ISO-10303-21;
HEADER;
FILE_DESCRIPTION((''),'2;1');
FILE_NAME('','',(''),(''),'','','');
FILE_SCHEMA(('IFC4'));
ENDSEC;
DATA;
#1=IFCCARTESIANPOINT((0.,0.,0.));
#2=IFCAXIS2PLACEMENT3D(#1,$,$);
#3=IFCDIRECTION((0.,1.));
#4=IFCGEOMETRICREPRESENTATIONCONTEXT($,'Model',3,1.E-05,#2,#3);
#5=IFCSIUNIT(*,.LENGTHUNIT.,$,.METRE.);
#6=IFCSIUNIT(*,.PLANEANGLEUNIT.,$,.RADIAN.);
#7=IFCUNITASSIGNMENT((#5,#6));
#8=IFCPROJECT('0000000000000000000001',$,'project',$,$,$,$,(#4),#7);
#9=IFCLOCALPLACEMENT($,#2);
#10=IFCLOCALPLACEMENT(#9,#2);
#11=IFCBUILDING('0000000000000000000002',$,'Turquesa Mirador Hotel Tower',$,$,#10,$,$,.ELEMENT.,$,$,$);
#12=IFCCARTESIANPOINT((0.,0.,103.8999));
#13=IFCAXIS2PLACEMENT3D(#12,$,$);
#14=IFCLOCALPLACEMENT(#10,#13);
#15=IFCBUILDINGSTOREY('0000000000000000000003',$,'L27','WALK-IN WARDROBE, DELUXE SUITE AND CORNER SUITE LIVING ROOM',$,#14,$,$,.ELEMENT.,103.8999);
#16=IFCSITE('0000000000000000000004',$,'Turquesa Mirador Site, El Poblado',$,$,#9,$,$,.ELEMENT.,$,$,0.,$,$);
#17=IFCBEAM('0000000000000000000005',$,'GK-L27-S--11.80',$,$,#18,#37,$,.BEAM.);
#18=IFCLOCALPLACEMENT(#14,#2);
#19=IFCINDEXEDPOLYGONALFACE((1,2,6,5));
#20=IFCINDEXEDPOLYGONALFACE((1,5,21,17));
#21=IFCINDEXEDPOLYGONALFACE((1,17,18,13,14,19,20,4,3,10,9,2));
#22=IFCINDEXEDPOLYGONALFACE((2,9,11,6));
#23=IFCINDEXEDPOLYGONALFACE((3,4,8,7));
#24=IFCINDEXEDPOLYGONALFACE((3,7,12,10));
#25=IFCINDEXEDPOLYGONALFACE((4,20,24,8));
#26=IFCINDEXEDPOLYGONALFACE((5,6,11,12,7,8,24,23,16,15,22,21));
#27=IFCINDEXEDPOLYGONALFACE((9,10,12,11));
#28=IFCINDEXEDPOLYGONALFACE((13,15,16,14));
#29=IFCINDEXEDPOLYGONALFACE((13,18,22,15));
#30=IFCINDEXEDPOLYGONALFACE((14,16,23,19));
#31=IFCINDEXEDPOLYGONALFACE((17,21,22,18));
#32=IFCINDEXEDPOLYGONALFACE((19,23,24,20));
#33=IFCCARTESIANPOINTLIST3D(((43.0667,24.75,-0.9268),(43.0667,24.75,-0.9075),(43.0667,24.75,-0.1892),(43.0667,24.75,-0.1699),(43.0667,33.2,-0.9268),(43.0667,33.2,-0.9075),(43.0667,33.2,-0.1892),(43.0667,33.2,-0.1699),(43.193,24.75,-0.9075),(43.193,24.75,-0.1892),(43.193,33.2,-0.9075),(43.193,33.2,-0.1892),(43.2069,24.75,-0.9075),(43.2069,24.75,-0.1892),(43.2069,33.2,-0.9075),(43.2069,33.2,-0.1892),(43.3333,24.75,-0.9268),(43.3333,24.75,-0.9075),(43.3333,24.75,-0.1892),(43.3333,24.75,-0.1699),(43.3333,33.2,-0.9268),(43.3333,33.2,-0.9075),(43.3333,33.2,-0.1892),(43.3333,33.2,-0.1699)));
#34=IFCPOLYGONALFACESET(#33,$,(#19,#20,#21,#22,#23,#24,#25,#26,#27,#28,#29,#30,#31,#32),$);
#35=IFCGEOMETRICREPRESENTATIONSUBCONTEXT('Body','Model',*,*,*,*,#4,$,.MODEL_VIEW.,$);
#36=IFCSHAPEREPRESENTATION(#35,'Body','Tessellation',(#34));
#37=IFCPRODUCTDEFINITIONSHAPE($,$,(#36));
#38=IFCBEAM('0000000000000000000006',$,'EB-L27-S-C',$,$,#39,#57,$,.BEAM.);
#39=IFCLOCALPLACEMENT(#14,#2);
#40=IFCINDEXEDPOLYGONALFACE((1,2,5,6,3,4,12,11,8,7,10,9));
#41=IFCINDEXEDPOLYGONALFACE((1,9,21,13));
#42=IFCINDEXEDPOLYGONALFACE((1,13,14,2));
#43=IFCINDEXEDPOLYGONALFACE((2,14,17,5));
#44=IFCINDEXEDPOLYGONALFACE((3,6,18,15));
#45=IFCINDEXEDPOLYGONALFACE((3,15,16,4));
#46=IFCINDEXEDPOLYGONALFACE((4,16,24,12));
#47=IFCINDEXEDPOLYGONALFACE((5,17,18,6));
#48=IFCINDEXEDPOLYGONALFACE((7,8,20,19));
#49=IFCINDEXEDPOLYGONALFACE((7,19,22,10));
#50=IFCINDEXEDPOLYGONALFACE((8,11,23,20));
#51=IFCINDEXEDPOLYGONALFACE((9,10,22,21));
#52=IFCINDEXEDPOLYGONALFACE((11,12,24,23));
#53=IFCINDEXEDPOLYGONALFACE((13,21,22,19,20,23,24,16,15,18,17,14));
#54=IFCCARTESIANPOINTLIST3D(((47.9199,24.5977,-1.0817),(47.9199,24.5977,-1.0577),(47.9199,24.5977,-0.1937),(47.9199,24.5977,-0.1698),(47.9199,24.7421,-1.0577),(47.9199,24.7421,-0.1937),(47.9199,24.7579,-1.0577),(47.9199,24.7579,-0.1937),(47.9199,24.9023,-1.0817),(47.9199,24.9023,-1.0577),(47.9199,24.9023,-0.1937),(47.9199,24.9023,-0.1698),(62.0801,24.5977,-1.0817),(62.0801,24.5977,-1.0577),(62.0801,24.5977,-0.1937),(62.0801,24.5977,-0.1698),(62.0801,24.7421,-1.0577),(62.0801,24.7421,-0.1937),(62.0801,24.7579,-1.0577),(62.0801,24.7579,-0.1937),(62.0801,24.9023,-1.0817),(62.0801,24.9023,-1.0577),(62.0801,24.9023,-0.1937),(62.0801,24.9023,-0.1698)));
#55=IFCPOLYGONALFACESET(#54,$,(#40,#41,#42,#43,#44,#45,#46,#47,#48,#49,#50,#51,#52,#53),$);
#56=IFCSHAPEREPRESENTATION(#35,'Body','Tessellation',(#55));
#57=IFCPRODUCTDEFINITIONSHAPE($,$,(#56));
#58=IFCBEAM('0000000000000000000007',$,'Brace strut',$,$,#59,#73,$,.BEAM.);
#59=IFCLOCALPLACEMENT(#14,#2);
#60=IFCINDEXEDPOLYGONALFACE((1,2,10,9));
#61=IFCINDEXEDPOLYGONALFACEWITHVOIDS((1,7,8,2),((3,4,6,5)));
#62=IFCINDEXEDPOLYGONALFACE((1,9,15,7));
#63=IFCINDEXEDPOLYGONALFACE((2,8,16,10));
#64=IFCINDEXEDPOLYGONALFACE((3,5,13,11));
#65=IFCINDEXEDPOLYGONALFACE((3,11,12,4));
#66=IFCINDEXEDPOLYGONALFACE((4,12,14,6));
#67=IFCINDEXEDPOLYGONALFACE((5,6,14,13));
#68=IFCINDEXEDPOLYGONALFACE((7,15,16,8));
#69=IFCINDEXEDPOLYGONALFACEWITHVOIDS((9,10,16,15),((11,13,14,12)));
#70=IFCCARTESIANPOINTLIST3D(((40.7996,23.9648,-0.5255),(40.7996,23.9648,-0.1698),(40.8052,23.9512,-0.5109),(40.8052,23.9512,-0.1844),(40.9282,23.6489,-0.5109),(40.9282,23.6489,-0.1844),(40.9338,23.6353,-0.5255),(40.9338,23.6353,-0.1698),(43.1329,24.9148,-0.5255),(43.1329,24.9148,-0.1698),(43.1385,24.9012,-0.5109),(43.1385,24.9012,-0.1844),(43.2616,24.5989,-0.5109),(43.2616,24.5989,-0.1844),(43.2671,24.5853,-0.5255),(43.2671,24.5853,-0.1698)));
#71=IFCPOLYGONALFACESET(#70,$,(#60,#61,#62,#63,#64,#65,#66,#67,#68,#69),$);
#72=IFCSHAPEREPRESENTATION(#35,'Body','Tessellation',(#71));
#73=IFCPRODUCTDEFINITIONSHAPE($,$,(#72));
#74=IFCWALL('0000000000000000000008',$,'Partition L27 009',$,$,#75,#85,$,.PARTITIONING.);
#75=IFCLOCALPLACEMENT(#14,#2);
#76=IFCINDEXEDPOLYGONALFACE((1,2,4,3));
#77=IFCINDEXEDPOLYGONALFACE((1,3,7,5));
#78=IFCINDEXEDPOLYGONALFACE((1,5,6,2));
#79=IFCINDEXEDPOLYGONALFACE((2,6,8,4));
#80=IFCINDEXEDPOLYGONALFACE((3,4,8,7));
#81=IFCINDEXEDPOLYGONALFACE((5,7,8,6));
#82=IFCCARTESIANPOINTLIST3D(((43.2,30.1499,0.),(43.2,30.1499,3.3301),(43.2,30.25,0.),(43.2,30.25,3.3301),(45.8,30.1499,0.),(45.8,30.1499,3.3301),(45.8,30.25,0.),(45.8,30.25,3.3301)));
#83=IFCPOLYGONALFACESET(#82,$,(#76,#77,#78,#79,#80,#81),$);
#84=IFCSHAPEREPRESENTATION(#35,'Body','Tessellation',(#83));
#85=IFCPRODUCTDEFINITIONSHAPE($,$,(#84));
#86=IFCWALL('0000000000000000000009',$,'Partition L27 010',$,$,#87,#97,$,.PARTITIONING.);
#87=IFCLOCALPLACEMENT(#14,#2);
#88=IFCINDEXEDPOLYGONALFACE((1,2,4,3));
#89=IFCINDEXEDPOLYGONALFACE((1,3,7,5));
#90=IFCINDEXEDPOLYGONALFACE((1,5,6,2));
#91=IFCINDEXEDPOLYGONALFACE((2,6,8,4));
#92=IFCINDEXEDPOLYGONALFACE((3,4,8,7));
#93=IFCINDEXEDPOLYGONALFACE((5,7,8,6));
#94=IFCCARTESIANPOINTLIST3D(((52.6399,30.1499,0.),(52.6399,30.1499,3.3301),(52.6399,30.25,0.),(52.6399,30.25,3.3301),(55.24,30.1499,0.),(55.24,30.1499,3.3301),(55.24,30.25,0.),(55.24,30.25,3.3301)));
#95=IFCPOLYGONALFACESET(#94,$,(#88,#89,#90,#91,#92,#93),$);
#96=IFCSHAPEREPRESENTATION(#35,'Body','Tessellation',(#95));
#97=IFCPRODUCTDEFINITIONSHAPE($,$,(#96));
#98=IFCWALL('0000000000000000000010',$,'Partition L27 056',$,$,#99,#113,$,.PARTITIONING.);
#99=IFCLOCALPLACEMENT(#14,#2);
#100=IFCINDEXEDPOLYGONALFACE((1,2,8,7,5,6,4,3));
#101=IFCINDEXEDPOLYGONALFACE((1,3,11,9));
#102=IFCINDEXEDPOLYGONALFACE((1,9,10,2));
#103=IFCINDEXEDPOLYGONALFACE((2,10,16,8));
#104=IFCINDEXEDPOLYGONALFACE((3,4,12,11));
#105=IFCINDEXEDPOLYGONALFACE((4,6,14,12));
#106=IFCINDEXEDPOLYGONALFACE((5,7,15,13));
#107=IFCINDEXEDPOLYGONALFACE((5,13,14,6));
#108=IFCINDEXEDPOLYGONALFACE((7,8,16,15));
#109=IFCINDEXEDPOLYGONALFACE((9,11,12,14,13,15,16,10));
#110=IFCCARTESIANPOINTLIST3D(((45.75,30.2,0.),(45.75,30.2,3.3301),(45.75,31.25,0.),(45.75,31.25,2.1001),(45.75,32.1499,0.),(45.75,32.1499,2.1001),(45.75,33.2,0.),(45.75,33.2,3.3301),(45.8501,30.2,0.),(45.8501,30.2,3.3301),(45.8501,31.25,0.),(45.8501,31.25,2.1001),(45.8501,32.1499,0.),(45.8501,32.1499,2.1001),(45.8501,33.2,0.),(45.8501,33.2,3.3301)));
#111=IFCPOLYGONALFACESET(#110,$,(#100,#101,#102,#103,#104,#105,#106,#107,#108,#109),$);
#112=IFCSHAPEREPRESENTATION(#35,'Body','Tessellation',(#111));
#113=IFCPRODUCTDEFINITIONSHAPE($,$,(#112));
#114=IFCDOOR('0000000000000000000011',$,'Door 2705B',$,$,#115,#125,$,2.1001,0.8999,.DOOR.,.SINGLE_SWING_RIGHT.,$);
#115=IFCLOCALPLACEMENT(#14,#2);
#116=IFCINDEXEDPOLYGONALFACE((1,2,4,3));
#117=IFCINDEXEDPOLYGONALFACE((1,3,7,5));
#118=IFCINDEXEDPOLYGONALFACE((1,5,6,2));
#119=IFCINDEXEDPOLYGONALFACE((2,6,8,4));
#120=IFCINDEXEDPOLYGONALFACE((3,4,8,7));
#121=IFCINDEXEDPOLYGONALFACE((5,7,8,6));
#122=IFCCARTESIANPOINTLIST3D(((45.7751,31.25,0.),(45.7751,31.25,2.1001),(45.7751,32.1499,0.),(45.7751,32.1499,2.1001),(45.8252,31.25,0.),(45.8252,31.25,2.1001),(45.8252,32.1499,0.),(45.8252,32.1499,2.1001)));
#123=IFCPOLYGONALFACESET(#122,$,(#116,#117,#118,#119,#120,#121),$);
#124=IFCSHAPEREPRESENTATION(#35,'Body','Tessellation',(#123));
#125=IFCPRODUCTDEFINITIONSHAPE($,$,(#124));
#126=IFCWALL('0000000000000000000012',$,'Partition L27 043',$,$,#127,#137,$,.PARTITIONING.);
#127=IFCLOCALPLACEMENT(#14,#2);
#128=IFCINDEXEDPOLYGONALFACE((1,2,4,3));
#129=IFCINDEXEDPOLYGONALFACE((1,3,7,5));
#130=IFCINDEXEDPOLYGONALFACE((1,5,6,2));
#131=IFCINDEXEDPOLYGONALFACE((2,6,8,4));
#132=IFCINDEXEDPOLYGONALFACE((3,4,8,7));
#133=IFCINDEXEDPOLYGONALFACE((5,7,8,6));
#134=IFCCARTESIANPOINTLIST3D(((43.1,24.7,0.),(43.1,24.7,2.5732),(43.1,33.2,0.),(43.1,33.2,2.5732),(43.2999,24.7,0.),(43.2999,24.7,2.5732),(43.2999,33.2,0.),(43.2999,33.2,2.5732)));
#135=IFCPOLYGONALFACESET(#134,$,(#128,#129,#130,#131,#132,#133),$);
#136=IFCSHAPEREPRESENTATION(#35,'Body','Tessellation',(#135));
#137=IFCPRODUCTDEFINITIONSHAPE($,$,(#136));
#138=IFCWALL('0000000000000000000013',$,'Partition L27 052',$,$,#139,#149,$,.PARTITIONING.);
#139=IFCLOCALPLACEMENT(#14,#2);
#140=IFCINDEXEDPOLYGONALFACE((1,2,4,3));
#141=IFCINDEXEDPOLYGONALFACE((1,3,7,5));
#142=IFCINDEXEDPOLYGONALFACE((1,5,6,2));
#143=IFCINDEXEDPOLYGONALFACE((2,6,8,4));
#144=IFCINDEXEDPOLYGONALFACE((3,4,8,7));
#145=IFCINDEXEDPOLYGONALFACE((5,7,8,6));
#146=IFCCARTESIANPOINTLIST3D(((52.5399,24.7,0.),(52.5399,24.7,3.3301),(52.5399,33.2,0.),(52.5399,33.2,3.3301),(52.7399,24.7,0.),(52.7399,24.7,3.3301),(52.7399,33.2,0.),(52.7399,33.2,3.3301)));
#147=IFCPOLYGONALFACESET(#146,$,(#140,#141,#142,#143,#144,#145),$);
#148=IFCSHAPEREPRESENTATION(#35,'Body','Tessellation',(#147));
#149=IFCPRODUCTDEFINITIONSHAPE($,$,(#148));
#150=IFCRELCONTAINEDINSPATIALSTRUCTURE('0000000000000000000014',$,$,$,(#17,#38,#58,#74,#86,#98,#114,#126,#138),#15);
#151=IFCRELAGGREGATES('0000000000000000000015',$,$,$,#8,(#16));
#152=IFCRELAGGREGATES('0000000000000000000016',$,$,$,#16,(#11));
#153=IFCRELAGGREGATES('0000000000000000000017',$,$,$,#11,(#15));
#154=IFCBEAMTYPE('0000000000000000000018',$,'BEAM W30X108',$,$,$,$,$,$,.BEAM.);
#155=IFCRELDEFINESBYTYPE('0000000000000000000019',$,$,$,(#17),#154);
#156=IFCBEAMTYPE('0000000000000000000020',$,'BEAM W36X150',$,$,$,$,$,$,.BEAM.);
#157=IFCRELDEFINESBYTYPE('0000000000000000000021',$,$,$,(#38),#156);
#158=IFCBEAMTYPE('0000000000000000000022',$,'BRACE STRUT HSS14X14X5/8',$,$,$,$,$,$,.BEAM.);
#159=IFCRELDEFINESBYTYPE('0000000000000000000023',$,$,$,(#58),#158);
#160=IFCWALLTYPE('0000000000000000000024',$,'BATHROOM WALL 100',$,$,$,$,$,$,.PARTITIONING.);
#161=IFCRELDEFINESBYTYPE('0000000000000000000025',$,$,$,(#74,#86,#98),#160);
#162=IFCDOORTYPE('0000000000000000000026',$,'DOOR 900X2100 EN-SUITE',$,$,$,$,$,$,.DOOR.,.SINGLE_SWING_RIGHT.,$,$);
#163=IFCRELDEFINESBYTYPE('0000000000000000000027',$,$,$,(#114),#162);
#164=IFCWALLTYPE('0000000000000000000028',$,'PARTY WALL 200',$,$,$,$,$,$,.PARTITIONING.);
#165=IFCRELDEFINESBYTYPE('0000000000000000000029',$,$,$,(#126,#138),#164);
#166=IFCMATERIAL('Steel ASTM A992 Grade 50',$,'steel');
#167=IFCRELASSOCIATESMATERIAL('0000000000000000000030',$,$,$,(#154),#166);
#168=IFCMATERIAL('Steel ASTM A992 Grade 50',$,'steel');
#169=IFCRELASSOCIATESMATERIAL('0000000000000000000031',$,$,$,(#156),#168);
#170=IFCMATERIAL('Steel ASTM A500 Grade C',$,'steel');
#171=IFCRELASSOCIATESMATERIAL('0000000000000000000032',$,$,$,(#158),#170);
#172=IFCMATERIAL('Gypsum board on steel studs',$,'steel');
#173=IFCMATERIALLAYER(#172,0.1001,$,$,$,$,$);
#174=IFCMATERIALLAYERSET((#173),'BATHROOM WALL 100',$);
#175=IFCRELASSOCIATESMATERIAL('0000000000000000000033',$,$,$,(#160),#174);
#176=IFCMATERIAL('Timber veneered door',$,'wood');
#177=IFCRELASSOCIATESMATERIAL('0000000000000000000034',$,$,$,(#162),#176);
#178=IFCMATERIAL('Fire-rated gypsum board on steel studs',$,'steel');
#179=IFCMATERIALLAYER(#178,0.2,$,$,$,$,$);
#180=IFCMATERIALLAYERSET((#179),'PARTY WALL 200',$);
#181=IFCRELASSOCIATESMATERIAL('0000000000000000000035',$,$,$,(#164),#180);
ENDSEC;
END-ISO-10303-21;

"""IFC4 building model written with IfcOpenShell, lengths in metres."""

from ifc_helpers import new_model, si_unit, direction, frame, frame_2d, origin, origin_2d, place, context, subcontext, project, spatial, rectangle, hollow_rectangle, i_section, extrude, material, layer, layer_set, material_profile, profile_set, type_object, element, fill, save


model = new_model("IFC4")

# Units and contexts
model_context = context("Model", 3, precision=1e-05, world=origin(), true_north=direction((0.0, 1.0)))
body_context = subcontext(model_context, "Body", "Model", "MODEL_VIEW")
ifc_project = project(units=[si_unit("LENGTHUNIT", "METRE"), si_unit("PLANEANGLEUNIT", "RADIAN")], contexts=[model_context])

# Site, building, storey
site_placement = place(None, origin())
site = spatial("IfcSite", under=ifc_project, at=site_placement, Name="Turquesa Mirador Site, El Poblado", CompositionType="ELEMENT", RefElevation=0.0)
building_placement = place(site_placement, origin())
building = spatial("IfcBuilding", under=site, at=building_placement, Name="Turquesa Mirador Hotel Tower", CompositionType="ELEMENT")
storey_placement = place(building_placement, frame((0.0, 0.0, 103.8999)))
storey = spatial("IfcBuildingStorey", under=building, at=storey_placement, Name="L27", Description="WALK-IN WARDROBE, DELUXE SUITE AND CORNER SUITE LIVING ROOM", CompositionType="ELEMENT", Elevation=103.8999)

# Beams
ifc_material_1 = material(Name="Steel ASTM A992 Grade 50", Category="steel")
ifc_material_profile_1 = material_profile(ifc_material_1, i_section(OverallWidth=0.2666, OverallDepth=0.7568, WebThickness=0.0139, FlangeThickness=0.0193, at=origin_2d()), Name="W30X108")
ifc_profile_set_1 = profile_set([ifc_material_profile_1], Name="Steel ASTM A992 Grade 50")
beam_type_1 = type_object("IfcBeamType", Name="BEAM W30X108", PredefinedType="BEAM", material=ifc_profile_set_1)
beam_1_placement = place(storey_placement, frame((43.2, 24.75, -0.5483), z_axis=(0.0, 1.0, 0.0), x_axis=(-1.0, 0.0, 0.0)))
element("IfcBeam", 1, at=beam_1_placement, inside=storey, type_object=beam_type_1, Name="GK-L27-S--11.80", PredefinedType="BEAM", context=body_context, shape_type="SweptSolid", body=[
    extrude(i_section(OverallWidth=0.2666, OverallDepth=0.7568, WebThickness=0.0139, FlangeThickness=0.0193, at=origin_2d()), origin(), (0.0, 0.0, 1.0), 8.45),
])
ifc_material_2 = material(Name="Steel ASTM A992 Grade 50", Category="steel")
ifc_material_profile_2 = material_profile(ifc_material_2, i_section(OverallWidth=0.3047, OverallDepth=0.9119, WebThickness=0.0159, FlangeThickness=0.0239, at=origin_2d()), Name="W36X150")
ifc_profile_set_2 = profile_set([ifc_material_profile_2], Name="Steel ASTM A992 Grade 50")
beam_type_2 = type_object("IfcBeamType", Name="BEAM W36X150", PredefinedType="BEAM", material=ifc_profile_set_2)
beam_2_placement = place(storey_placement, frame((47.9199, 24.75, -0.6257), z_axis=(1.0, 0.0, 0.0), x_axis=(0.0, 1.0, 0.0)))
element("IfcBeam", 2, at=beam_2_placement, inside=storey, type_object=beam_type_2, Name="EB-L27-S-C", PredefinedType="BEAM", context=body_context, shape_type="SweptSolid", body=[
    extrude(i_section(OverallWidth=0.3047, OverallDepth=0.9119, WebThickness=0.0159, FlangeThickness=0.0239, at=origin_2d()), origin(), (0.0, 0.0, 1.0), 14.1602),
])
ifc_material_3 = material(Name="Steel ASTM A500 Grade C", Category="steel")
ifc_material_profile_3 = material_profile(ifc_material_3, hollow_rectangle(XDim=0.3557, YDim=0.3557, WallThickness=0.0146, at=origin_2d()), Name="HSS14X14X5/8")
ifc_profile_set_3 = profile_set([ifc_material_profile_3], Name="Steel ASTM A500 Grade C")
beam_type_3 = type_object("IfcBeamType", Name="BRACE STRUT HSS14X14X5/8", PredefinedType="BEAM", material=ifc_profile_set_3)
beam_3_placement = place(storey_placement, frame((40.8667, 23.8, -0.3477), z_axis=(0.92618, 0.377081, 0.0), x_axis=(-0.377081, 0.92618, 0.0)))
element("IfcBeam", 3, at=beam_3_placement, inside=storey, type_object=beam_type_3, Name="Brace strut", PredefinedType="BEAM", context=body_context, shape_type="SweptSolid", body=[
    extrude(hollow_rectangle(XDim=0.3557, YDim=0.3557, WallThickness=0.0146, at=origin_2d()), origin(), (0.0, 0.0, 1.0), 2.5193),
])

# Walls
ifc_material_4 = material(Name="Gypsum board on steel studs", Category="steel")
ifc_layer_1 = layer(ifc_material_4, 0.1001)
ifc_layer_set_1 = layer_set([ifc_layer_1], Name="BATHROOM WALL 100")
wall_type_1 = type_object("IfcWallType", Name="BATHROOM WALL 100", PredefinedType="PARTITIONING", material=ifc_layer_set_1)
for number, where, z_axis, x_axis, name in (
    (4, (43.2, 30.2, 0.0), (0.0, 0.0, 1.0), (1.0, 0.0, 0.0), "Partition L27 009"),
    (5, (52.6399, 30.2, 0.0), (0.0, 0.0, 1.0), (1.0, 0.0, 0.0), "Partition L27 010"),
):
    element("IfcWall", number, at=place(storey_placement, frame(where, z_axis=z_axis, x_axis=x_axis)), inside=storey, type_object=wall_type_1, Name=name, PredefinedType="PARTITIONING", context=body_context, shape_type="SweptSolid", body=[
        extrude(rectangle(XDim=2.6001, YDim=0.1001, at=frame_2d((1.3, 0.0))), origin(), (0.0, 0.0, 1.0), 3.3301),
    ])

# Wall, opening, door
wall_1_placement = place(storey_placement, frame((45.8, 30.2, 0.0), z_axis=(0.0, 0.0, 1.0), x_axis=(0.0, 1.0, 0.0)))
wall_1 = element("IfcWall", 6, at=wall_1_placement, inside=storey, type_object=wall_type_1, Name="Partition L27 056", PredefinedType="PARTITIONING", context=body_context, shape_type="SweptSolid", body=[
    extrude(rectangle(XDim=3.0, YDim=0.1001, at=frame_2d((1.5, 0.0))), origin(), (0.0, 0.0, 1.0), 3.3301),
])
opening_placement = place(wall_1_placement, frame((1.05, 0.0, 0.0)))
opening = element("IfcOpeningElement", 7, at=opening_placement, cuts=wall_1, PredefinedType="OPENING", context=body_context, shape_type="SweptSolid", body=[
    extrude(rectangle(XDim=0.8999, YDim=2.1001, at=frame_2d((0.45, 1.05))), frame((0.0, 0.0601, 0.0), z_axis=(0.0, -1.0, 0.0), x_axis=(1.0, 0.0, 0.0)), (0.0, 0.0, 1.0), 0.1201),
])
ifc_material_5 = material(Name="Timber veneered door", Category="wood")
door_type = type_object("IfcDoorType", Name="DOOR 900X2100 EN-SUITE", OperationType="SINGLE_SWING_RIGHT", PredefinedType="DOOR", material=ifc_material_5)
door_placement = place(opening_placement, origin())
door = element("IfcDoor", 8, at=door_placement, inside=storey, type_object=door_type, Name="Door 2705B", OperationType="SINGLE_SWING_RIGHT", OverallHeight=2.1001, OverallWidth=0.8999, PredefinedType="DOOR", context=body_context, shape_type="SweptSolid", body=[
    extrude(rectangle(XDim=0.8999, YDim=2.1001, at=frame_2d((0.45, 1.05))), frame((0.0, 0.0249, 0.0), z_axis=(0.0, -1.0, 0.0), x_axis=(1.0, 0.0, 0.0)), (0.0, 0.0, 1.0), 0.05),
])
fill(opening, door)

# Walls
ifc_material_6 = material(Name="Fire-rated gypsum board on steel studs", Category="steel")
ifc_layer_2 = layer(ifc_material_6, 0.2)
ifc_layer_set_2 = layer_set([ifc_layer_2], Name="PARTY WALL 200")
wall_type_2 = type_object("IfcWallType", Name="PARTY WALL 200", PredefinedType="PARTITIONING", material=ifc_layer_set_2)
wall_2_placement = place(storey_placement, frame((43.2, 24.7, 0.0), z_axis=(0.0, 0.0, 1.0), x_axis=(0.0, 1.0, 0.0)))
element("IfcWall", 9, at=wall_2_placement, inside=storey, type_object=wall_type_2, Name="Partition L27 043", PredefinedType="PARTITIONING", context=body_context, shape_type="SweptSolid", body=[
    extrude(rectangle(XDim=8.5, YDim=0.2, at=frame_2d((4.25, 0.0))), origin(), (0.0, 0.0, 1.0), 2.5732),
])
wall_3_placement = place(storey_placement, frame((52.6399, 24.7, 0.0), z_axis=(0.0, 0.0, 1.0), x_axis=(0.0, 1.0, 0.0)))
element("IfcWall", 10, at=wall_3_placement, inside=storey, type_object=wall_type_2, Name="Partition L27 052", PredefinedType="PARTITIONING", context=body_context, shape_type="SweptSolid", body=[
    extrude(rectangle(XDim=8.5, YDim=0.2, at=frame_2d((4.25, 0.0))), origin(), (0.0, 0.0, 1.0), 3.3301),
])

save(model, "model.ifc")
